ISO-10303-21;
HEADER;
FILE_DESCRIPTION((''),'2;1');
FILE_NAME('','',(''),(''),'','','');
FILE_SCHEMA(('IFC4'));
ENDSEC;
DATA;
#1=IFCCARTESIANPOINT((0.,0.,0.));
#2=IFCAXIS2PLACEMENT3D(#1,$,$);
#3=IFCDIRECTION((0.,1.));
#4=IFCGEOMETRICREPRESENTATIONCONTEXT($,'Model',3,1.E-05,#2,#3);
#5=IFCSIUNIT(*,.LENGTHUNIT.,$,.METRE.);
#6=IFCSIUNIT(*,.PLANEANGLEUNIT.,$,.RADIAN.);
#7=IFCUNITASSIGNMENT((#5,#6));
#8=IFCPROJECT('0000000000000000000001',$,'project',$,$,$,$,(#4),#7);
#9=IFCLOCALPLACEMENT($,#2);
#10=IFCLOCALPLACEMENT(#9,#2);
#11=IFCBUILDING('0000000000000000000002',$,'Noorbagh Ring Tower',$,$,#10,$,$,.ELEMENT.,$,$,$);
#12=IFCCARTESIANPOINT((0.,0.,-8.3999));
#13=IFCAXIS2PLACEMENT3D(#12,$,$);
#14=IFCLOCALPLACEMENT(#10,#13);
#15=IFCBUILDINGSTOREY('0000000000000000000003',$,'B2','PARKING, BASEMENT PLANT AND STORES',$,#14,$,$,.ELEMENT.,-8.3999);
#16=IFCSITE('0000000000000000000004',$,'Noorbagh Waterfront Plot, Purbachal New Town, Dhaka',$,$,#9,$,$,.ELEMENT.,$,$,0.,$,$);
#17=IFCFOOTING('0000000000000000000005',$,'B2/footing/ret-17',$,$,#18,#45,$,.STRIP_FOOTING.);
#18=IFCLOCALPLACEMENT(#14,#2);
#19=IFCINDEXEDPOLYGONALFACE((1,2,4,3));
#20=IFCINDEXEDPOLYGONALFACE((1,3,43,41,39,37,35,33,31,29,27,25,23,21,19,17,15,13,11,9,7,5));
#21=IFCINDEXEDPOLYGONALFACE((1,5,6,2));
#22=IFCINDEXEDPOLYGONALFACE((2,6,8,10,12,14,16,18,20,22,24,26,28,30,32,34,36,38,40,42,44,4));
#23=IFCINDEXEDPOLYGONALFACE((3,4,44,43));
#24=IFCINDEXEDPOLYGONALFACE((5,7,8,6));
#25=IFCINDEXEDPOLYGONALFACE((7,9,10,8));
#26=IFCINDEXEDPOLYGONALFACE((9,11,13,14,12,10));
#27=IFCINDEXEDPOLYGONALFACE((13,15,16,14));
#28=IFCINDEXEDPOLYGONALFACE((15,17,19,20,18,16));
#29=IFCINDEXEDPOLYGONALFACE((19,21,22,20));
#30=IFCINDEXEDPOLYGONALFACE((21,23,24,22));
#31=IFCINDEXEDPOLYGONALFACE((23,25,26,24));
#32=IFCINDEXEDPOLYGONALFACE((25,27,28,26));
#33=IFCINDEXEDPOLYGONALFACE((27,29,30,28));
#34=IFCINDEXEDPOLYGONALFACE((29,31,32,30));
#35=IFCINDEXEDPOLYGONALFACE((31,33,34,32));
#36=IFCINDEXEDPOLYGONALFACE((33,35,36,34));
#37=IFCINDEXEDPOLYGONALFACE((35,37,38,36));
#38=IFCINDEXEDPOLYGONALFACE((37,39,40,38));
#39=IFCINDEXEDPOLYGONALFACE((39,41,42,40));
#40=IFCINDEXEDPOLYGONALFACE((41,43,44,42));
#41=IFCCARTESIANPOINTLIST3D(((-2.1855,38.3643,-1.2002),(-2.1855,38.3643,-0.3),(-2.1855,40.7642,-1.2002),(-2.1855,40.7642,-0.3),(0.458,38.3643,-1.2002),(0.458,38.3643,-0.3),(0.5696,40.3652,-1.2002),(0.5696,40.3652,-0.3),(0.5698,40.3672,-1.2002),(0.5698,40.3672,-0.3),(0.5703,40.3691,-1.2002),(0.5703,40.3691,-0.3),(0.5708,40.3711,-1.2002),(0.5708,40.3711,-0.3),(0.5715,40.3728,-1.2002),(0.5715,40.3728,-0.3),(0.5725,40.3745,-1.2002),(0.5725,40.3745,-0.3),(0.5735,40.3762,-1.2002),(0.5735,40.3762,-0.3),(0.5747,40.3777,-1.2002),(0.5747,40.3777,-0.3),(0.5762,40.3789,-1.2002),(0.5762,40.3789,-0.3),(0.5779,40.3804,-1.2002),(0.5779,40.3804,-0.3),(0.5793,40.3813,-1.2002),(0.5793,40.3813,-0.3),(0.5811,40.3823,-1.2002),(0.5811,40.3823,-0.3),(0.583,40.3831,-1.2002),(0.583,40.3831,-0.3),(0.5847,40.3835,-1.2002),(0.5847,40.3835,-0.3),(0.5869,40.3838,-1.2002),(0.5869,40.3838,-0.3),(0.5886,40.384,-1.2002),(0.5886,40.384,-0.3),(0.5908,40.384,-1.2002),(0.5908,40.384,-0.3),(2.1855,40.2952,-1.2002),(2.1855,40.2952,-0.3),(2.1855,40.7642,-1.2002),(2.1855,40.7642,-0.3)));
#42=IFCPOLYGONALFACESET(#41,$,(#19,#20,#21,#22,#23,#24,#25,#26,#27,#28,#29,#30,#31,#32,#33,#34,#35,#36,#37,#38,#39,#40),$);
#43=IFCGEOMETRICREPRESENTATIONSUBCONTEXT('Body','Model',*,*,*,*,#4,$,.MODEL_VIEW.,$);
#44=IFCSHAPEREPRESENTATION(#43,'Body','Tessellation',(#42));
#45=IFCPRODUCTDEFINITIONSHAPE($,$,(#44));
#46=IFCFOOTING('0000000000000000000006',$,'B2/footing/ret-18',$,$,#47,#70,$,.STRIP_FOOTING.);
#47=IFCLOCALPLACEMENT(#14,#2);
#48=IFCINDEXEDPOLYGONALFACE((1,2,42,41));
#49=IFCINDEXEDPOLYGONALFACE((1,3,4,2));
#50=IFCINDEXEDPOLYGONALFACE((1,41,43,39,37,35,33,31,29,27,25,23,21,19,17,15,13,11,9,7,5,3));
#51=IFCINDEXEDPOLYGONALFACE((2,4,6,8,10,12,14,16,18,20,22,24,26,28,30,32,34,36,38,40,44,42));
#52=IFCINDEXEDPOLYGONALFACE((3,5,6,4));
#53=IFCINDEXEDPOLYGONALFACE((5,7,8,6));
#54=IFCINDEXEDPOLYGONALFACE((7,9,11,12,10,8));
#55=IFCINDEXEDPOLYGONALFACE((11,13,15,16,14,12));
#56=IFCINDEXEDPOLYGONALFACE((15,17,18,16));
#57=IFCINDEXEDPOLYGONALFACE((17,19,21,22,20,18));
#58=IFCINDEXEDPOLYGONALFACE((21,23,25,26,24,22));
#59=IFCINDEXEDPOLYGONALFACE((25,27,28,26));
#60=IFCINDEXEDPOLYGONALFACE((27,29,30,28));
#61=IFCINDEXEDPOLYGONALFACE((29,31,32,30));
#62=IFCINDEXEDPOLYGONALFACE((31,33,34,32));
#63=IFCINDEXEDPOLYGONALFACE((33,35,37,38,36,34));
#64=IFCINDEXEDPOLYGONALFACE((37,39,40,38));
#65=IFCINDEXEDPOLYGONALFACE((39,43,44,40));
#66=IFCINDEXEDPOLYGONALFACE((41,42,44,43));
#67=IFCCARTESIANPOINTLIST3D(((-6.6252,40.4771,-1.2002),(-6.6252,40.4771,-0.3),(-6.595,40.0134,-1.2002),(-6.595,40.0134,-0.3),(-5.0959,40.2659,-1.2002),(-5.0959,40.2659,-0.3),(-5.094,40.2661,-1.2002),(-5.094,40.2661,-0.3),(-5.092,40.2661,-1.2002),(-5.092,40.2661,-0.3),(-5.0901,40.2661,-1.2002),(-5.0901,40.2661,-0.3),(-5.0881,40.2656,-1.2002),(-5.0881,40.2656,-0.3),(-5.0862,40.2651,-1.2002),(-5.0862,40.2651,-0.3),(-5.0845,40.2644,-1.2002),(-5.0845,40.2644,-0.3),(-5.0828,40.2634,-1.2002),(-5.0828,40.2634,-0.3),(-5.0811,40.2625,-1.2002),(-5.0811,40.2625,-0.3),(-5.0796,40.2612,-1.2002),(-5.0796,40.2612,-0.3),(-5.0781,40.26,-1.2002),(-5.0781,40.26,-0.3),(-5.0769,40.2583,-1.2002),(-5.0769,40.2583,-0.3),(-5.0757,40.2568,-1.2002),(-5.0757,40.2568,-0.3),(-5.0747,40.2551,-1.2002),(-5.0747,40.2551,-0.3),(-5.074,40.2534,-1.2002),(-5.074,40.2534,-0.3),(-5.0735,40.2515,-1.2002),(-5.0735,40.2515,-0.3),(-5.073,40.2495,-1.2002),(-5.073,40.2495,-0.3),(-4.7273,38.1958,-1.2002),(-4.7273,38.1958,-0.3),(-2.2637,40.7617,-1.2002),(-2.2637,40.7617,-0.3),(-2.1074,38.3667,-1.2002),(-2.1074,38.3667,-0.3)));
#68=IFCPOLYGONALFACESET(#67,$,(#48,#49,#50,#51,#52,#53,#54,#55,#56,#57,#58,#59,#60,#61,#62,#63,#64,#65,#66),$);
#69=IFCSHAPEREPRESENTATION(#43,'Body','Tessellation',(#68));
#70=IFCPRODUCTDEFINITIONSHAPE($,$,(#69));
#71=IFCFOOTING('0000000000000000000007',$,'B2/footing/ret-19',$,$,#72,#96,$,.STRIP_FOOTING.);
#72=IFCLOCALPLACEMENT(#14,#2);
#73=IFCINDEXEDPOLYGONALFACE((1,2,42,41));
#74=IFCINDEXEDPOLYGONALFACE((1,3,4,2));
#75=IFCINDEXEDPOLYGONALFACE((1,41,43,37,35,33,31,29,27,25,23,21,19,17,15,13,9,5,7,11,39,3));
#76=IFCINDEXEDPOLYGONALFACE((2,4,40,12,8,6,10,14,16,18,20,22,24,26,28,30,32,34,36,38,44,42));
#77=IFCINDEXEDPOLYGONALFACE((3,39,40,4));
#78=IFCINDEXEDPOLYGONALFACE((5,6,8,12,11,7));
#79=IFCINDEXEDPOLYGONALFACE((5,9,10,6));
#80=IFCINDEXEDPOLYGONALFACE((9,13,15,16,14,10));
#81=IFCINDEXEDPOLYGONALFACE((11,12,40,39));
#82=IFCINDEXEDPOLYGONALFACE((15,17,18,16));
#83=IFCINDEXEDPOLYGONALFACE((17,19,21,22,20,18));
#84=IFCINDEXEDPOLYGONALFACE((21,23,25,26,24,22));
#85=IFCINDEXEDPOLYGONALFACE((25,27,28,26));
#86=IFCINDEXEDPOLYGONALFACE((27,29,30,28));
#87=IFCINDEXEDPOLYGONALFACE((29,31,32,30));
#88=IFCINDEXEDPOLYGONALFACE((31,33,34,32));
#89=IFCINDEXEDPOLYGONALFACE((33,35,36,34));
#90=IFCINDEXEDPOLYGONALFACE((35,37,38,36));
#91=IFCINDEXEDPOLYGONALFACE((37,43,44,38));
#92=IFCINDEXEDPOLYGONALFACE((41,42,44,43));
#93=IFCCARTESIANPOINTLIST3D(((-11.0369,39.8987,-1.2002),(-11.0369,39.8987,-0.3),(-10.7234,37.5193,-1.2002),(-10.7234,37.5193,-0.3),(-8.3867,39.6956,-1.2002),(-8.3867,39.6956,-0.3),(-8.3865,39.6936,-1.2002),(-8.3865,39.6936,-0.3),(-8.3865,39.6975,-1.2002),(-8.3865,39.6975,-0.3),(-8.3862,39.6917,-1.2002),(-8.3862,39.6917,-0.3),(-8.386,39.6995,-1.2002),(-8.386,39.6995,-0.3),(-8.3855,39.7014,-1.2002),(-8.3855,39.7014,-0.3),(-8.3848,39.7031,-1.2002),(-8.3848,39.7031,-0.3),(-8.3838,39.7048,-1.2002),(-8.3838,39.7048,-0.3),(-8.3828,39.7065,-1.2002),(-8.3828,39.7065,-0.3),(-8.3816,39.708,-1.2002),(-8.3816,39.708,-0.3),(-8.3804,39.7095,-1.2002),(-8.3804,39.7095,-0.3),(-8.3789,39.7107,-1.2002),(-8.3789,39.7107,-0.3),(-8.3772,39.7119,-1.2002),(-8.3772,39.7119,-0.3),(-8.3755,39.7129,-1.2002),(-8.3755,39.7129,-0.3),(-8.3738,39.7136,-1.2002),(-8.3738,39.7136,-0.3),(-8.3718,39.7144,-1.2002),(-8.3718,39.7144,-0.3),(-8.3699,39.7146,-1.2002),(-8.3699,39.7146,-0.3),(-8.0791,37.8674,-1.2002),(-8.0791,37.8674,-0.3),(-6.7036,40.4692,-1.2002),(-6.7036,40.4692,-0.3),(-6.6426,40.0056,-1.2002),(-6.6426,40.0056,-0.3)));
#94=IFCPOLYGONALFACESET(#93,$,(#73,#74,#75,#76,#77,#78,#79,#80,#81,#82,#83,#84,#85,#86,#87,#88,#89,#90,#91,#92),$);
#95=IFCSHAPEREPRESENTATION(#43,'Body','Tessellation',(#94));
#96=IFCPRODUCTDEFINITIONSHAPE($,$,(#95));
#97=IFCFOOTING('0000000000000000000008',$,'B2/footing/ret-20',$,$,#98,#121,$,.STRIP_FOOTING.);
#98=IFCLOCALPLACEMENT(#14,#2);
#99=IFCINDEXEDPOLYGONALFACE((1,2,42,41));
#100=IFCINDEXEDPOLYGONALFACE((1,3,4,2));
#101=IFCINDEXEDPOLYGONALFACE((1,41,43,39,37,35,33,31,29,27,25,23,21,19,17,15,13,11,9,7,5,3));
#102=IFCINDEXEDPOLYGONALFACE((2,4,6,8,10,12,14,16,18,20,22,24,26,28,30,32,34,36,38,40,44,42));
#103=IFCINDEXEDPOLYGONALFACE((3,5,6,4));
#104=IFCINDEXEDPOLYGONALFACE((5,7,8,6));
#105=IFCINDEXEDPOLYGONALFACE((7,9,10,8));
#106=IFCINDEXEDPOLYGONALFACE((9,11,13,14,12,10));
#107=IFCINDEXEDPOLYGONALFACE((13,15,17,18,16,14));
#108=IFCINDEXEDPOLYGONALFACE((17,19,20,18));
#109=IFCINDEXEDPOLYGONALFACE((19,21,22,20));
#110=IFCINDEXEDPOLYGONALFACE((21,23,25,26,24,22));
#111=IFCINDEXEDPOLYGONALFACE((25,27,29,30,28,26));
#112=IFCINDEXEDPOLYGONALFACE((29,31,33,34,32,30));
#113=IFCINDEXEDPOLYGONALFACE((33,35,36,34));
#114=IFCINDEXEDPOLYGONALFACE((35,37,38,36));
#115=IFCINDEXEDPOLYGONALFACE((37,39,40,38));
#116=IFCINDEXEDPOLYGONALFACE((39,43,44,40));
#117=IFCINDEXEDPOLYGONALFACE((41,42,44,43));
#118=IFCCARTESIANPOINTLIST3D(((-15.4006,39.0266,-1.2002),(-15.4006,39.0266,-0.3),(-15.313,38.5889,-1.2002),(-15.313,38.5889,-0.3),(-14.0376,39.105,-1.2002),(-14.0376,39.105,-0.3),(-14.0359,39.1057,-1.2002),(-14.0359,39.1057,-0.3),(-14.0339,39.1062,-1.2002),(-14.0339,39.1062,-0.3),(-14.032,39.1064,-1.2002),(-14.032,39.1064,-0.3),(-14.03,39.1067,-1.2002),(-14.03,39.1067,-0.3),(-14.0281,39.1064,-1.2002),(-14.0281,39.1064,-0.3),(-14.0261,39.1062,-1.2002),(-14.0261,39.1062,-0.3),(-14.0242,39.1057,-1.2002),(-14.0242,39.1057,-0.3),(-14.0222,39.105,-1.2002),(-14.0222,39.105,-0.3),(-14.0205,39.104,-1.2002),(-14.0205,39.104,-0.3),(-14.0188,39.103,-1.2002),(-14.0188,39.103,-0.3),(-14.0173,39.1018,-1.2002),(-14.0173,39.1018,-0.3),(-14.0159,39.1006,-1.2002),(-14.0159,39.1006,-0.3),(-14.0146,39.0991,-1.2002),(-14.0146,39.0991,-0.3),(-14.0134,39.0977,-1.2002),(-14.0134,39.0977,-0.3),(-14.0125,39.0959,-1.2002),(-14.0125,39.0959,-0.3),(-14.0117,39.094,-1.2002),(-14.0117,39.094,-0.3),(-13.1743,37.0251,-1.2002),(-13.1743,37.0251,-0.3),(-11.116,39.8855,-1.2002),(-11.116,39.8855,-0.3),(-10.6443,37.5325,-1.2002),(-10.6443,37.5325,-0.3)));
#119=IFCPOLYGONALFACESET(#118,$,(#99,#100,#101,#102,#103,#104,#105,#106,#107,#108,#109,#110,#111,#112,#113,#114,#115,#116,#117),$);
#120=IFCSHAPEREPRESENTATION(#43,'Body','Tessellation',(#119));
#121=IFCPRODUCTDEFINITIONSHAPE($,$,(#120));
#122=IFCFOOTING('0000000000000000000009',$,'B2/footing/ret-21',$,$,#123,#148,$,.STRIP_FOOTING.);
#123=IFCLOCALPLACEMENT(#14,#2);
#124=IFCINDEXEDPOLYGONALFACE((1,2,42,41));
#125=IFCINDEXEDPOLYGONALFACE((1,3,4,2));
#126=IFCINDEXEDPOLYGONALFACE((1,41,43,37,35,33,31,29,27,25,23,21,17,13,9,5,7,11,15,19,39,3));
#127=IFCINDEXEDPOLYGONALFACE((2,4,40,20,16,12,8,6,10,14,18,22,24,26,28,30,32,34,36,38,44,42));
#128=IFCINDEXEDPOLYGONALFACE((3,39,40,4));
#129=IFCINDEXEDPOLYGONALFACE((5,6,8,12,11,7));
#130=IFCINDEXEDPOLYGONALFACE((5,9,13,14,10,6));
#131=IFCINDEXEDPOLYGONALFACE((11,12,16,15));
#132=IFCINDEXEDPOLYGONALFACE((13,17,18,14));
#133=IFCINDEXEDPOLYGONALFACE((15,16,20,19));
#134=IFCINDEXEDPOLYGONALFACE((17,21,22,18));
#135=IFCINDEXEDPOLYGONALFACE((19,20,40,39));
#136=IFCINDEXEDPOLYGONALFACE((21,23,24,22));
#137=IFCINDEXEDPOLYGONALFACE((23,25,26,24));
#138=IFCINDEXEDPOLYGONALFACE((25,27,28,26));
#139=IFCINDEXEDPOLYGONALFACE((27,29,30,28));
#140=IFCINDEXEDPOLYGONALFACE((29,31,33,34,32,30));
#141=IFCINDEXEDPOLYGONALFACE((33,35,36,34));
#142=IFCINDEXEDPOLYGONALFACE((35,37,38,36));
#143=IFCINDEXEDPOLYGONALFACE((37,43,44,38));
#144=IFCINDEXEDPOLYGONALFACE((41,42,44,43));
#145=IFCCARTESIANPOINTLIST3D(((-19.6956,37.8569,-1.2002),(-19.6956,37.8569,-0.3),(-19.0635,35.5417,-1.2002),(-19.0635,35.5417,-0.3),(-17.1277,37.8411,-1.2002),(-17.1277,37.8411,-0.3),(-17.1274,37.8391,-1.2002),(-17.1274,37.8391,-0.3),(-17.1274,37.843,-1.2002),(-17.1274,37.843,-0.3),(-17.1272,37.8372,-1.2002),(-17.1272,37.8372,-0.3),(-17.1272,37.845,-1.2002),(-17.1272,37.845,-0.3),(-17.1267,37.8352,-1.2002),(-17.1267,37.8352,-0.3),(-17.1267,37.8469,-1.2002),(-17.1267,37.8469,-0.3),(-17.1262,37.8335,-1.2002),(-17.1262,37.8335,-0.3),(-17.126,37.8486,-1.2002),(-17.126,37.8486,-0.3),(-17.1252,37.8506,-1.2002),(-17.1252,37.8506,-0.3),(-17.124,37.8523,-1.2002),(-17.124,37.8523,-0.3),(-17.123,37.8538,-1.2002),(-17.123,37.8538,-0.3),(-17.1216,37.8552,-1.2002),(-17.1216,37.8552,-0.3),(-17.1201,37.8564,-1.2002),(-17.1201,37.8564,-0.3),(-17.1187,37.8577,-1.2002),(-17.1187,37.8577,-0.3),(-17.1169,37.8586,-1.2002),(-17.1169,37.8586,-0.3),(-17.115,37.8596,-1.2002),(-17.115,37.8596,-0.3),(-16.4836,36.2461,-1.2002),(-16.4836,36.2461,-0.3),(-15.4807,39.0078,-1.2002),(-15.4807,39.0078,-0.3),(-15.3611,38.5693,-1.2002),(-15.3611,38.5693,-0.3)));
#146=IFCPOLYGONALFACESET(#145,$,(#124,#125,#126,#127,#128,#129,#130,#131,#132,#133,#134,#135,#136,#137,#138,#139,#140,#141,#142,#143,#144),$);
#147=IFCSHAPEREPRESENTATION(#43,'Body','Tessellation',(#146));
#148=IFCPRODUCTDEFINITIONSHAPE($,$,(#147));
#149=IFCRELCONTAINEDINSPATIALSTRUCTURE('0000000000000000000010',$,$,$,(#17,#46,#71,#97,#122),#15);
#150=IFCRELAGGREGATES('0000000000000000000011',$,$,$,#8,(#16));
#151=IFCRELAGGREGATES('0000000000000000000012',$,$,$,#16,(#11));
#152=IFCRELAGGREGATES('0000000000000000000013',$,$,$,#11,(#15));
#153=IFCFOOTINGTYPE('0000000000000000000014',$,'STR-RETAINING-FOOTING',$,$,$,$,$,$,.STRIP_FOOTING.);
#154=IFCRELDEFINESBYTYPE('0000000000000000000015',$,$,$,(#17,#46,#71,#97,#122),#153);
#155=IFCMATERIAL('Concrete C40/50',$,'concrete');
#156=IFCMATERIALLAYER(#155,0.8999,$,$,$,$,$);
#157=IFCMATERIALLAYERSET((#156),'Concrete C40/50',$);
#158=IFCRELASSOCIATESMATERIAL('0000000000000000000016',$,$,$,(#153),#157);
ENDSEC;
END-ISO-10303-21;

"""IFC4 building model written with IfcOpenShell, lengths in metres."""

from ifc_helpers import new_model, si_unit, direction, frame, origin, place, context, subcontext, project, spatial, polyline, outline, extrude, material, layer, layer_set, type_object, element, save


model = new_model("IFC4")

# Units and contexts
model_context = context("Model", 3, precision=1e-05, world=origin(), true_north=direction((0.0, 1.0)))
body_context = subcontext(model_context, "Body", "Model", "MODEL_VIEW")
ifc_project = project(units=[si_unit("LENGTHUNIT", "METRE"), si_unit("PLANEANGLEUNIT", "RADIAN")], contexts=[model_context])

# Site, building, storey
site_placement = place(None, origin())
site = spatial("IfcSite", under=ifc_project, at=site_placement, Name="Noorbagh Waterfront Plot, Purbachal New Town, Dhaka", CompositionType="ELEMENT", RefElevation=0.0)
building_placement = place(site_placement, origin())
building = spatial("IfcBuilding", under=site, at=building_placement, Name="Noorbagh Ring Tower", CompositionType="ELEMENT")
storey_placement = place(building_placement, frame((0.0, 0.0, -8.3999)))
storey = spatial("IfcBuildingStorey", under=building, at=storey_placement, Name="B2", Description="PARKING, BASEMENT PLANT AND STORES", CompositionType="ELEMENT", Elevation=-8.3999)

# Footings
ifc_material_1 = material(Name="Concrete C40/50", Category="concrete")
ifc_layer = layer(ifc_material_1, 0.8999)
ifc_layer_set = layer_set([ifc_layer], Name="Concrete C40/50")
footing_type = type_object("IfcFootingType", Name="STR-RETAINING-FOOTING", PredefinedType="STRIP_FOOTING", material=ifc_layer_set)
footing_1_placement = place(storey_placement, frame((0.0, 0.0, -1.2002)))
element("IfcFooting", 1, at=footing_1_placement, inside=storey, type_object=footing_type, Name="B2/footing/ret-17", PredefinedType="STRIP_FOOTING", context=body_context, shape_type="SweptSolid", body=[
    extrude(outline(polyline([(-2.1855, 40.7642), (2.1855, 40.7642), (2.1855, 40.2952), (0.5908, 40.384), (0.5886, 40.384), (0.5869, 40.3838), (0.5847, 40.3835), (0.583, 40.3831), (0.5811, 40.3823), (0.5793, 40.3813), (0.5779, 40.3804), (0.5762, 40.3789), (0.5747, 40.3777), (0.5735, 40.3762), (0.5725, 40.3745), (0.5715, 40.3728), (0.5708, 40.3711), (0.5703, 40.3691), (0.5698, 40.3672), (0.5696, 40.3652), (0.458, 38.3643), (-2.1855, 38.3643), (-2.1855, 40.7642)])), origin(), (0.0, 0.0, 1.0), 0.9001),
])
footing_2_placement = place(storey_placement, frame((0.0, 0.0, -1.2002)))
element("IfcFooting", 2, at=footing_2_placement, inside=storey, type_object=footing_type, Name="B2/footing/ret-18", PredefinedType="STRIP_FOOTING", context=body_context, shape_type="SweptSolid", body=[
    extrude(outline(polyline([(-6.6252, 40.4771), (-2.2637, 40.7617), (-2.1074, 38.3667), (-4.7273, 38.1958), (-5.073, 40.2495), (-5.0735, 40.2515), (-5.074, 40.2534), (-5.0747, 40.2551), (-5.0757, 40.2568), (-5.0769, 40.2583), (-5.0781, 40.26), (-5.0796, 40.2612), (-5.0811, 40.2625), (-5.0828, 40.2634), (-5.0845, 40.2644), (-5.0862, 40.2651), (-5.0881, 40.2656), (-5.0901, 40.2661), (-5.092, 40.2661), (-5.094, 40.2661), (-5.0959, 40.2659), (-6.595, 40.0134), (-6.6252, 40.4771)])), origin(), (0.0, 0.0, 1.0), 0.9001),
])
footing_3_placement = place(storey_placement, frame((0.0, 0.0, -1.2002)))
element("IfcFooting", 3, at=footing_3_placement, inside=storey, type_object=footing_type, Name="B2/footing/ret-19", PredefinedType="STRIP_FOOTING", context=body_context, shape_type="SweptSolid", body=[
    extrude(outline(polyline([(-11.0369, 39.8987), (-6.7036, 40.4692), (-6.6426, 40.0056), (-8.3699, 39.7146), (-8.3718, 39.7144), (-8.3738, 39.7136), (-8.3755, 39.7129), (-8.3772, 39.7119), (-8.3789, 39.7107), (-8.3804, 39.7095), (-8.3816, 39.708), (-8.3828, 39.7065), (-8.3838, 39.7048), (-8.3848, 39.7031), (-8.3855, 39.7014), (-8.386, 39.6995), (-8.3865, 39.6975), (-8.3867, 39.6956), (-8.3865, 39.6936), (-8.3862, 39.6917), (-8.0791, 37.8674), (-10.7234, 37.5193), (-11.0369, 39.8987)])), origin(), (0.0, 0.0, 1.0), 0.9001),
])
footing_4_placement = place(storey_placement, frame((0.0, 0.0, -1.2002)))
element("IfcFooting", 4, at=footing_4_placement, inside=storey, type_object=footing_type, Name="B2/footing/ret-20", PredefinedType="STRIP_FOOTING", context=body_context, shape_type="SweptSolid", body=[
    extrude(outline(polyline([(-15.4006, 39.0266), (-11.116, 39.8855), (-10.6443, 37.5325), (-13.1743, 37.0251), (-14.0117, 39.094), (-14.0125, 39.0959), (-14.0134, 39.0977), (-14.0146, 39.0991), (-14.0159, 39.1006), (-14.0173, 39.1018), (-14.0188, 39.103), (-14.0205, 39.104), (-14.0222, 39.105), (-14.0242, 39.1057), (-14.0261, 39.1062), (-14.0281, 39.1064), (-14.03, 39.1067), (-14.032, 39.1064), (-14.0339, 39.1062), (-14.0359, 39.1057), (-14.0376, 39.105), (-15.313, 38.5889), (-15.4006, 39.0266)])), origin(), (0.0, 0.0, 1.0), 0.9001),
])
footing_5_placement = place(storey_placement, frame((0.0, 0.0, -1.2002)))
element("IfcFooting", 5, at=footing_5_placement, inside=storey, type_object=footing_type, Name="B2/footing/ret-21", PredefinedType="STRIP_FOOTING", context=body_context, shape_type="SweptSolid", body=[
    extrude(outline(polyline([(-19.6956, 37.8569), (-15.4807, 39.0078), (-15.3611, 38.5693), (-17.115, 37.8596), (-17.1169, 37.8586), (-17.1187, 37.8577), (-17.1201, 37.8564), (-17.1216, 37.8552), (-17.123, 37.8538), (-17.124, 37.8523), (-17.1252, 37.8506), (-17.126, 37.8486), (-17.1267, 37.8469), (-17.1272, 37.845), (-17.1274, 37.843), (-17.1277, 37.8411), (-17.1274, 37.8391), (-17.1272, 37.8372), (-17.1267, 37.8352), (-17.1262, 37.8335), (-16.4836, 36.2461), (-19.0635, 35.5417), (-19.6956, 37.8569)])), origin(), (0.0, 0.0, 1.0), 0.9001),
])

save(model, "model.ifc")
